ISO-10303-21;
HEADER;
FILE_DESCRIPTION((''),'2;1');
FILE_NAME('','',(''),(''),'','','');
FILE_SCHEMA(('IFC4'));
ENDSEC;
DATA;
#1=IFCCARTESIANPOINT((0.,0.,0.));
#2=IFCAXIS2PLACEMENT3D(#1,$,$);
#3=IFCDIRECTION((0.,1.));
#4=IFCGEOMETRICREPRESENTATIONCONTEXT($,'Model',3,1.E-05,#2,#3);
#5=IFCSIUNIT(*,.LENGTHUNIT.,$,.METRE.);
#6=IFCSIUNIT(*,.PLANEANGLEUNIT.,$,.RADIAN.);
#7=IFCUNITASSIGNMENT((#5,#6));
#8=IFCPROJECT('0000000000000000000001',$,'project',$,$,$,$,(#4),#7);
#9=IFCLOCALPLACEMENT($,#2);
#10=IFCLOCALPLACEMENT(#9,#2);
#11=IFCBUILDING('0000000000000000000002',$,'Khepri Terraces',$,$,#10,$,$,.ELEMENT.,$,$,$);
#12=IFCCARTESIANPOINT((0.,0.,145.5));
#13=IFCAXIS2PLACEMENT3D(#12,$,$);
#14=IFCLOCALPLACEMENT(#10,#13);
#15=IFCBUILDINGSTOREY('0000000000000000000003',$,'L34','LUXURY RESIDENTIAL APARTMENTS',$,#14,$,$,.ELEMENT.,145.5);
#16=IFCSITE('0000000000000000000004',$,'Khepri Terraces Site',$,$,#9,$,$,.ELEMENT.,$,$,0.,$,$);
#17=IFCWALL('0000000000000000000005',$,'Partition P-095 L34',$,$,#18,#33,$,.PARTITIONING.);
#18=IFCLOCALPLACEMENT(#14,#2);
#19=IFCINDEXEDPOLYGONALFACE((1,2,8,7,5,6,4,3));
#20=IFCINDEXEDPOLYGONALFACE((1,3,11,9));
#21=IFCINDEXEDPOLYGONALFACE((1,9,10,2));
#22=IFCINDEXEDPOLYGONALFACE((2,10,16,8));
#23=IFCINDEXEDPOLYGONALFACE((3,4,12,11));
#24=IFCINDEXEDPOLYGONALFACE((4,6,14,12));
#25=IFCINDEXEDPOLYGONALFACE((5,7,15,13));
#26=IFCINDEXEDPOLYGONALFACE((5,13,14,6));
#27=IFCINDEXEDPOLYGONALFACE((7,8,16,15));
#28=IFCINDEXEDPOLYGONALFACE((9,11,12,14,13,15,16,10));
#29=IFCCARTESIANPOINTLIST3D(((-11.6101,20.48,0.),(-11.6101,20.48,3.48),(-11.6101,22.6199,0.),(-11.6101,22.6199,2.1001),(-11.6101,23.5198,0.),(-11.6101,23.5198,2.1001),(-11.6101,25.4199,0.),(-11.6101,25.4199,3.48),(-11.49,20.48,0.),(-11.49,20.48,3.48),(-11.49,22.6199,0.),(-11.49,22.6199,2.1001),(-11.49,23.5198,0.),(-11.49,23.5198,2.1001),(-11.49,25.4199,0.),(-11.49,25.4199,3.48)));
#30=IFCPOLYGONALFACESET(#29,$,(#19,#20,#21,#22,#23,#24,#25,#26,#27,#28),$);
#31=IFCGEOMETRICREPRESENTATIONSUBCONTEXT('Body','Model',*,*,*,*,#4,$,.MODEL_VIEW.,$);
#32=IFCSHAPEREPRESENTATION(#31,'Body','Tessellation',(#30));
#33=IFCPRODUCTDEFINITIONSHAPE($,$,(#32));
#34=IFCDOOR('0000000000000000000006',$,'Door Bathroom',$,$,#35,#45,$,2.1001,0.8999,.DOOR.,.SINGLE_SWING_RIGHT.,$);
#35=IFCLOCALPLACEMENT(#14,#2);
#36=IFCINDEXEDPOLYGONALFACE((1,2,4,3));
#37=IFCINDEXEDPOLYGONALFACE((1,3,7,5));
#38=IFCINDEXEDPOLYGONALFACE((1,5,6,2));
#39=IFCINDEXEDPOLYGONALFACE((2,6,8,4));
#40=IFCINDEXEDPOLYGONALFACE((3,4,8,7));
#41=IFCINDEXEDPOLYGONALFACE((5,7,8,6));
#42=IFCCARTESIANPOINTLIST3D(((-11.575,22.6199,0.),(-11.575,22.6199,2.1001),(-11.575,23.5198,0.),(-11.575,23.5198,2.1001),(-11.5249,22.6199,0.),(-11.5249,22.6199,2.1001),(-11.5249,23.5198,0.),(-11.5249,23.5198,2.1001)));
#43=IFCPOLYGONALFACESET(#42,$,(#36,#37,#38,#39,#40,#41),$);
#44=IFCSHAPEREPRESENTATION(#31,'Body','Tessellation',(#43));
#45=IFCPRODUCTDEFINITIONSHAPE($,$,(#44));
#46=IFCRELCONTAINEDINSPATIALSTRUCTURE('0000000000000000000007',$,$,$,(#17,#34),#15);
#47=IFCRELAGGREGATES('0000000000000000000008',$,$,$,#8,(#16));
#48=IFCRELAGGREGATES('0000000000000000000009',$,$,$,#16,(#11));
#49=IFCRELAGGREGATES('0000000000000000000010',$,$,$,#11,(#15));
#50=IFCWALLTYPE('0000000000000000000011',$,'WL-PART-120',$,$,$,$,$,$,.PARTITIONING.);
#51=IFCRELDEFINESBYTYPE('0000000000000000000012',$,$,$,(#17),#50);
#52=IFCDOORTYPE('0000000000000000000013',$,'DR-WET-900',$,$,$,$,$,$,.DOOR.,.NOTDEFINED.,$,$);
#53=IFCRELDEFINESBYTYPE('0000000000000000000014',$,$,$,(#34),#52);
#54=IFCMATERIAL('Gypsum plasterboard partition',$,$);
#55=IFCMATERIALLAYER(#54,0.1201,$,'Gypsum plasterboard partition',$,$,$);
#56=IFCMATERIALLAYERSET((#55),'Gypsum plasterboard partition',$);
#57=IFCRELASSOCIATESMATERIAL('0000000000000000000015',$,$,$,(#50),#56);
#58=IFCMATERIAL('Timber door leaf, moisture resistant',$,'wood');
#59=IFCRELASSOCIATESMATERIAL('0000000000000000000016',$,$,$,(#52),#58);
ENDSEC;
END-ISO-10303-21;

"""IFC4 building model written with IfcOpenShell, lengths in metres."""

from ifc_helpers import new_model, si_unit, direction, frame, frame_2d, origin, place, context, subcontext, project, spatial, rectangle, extrude, material, layer, layer_set, type_object, element, fill, save


model = new_model("IFC4")

# Units and contexts
model_context = context("Model", 3, precision=1e-05, world=origin(), true_north=direction((0.0, 1.0)))
body_context = subcontext(model_context, "Body", "Model", "MODEL_VIEW")
ifc_project = project(units=[si_unit("LENGTHUNIT", "METRE"), si_unit("PLANEANGLEUNIT", "RADIAN")], contexts=[model_context])

# Site, building, storey
site_placement = place(None, origin())
site = spatial("IfcSite", under=ifc_project, at=site_placement, Name="Khepri Terraces Site", CompositionType="ELEMENT", RefElevation=0.0)
building_placement = place(site_placement, origin())
building = spatial("IfcBuilding", under=site, at=building_placement, Name="Khepri Terraces", CompositionType="ELEMENT")
storey_placement = place(building_placement, frame((0.0, 0.0, 145.5)))
storey = spatial("IfcBuildingStorey", under=building, at=storey_placement, Name="L34", Description="LUXURY RESIDENTIAL APARTMENTS", CompositionType="ELEMENT", Elevation=145.5)

# Shared definitions
ifc_material_1 = material(Name="Gypsum plasterboard partition")
ifc_layer_1 = layer(ifc_material_1, 0.1201, Name="Gypsum plasterboard partition")
ifc_layer_set_1 = layer_set([ifc_layer_1], Name="Gypsum plasterboard partition")
wall_type_1 = type_object("IfcWallType", Name="WL-PART-120", PredefinedType="PARTITIONING", material=ifc_layer_set_1)

# Shared definitions
ifc_material_2 = material(Name="Timber door leaf, moisture resistant", Category="wood")
door_type_1 = type_object("IfcDoorType", Name="DR-WET-900", OperationType="NOTDEFINED", PredefinedType="DOOR", material=ifc_material_2)

# Wall, opening, door
wall_1_placement = place(storey_placement, frame((-11.55, 20.48, 0.0), z_axis=(0.0, 0.0, 1.0), x_axis=(0.0, 1.0, 0.0)))
wall_1 = element("IfcWall", 1, at=wall_1_placement, inside=storey, type_object=wall_type_1, Name="Partition P-095 L34", PredefinedType="PARTITIONING", context=body_context, shape_type="SweptSolid", body=[
    extrude(rectangle(XDim=4.9399, YDim=0.1201, at=frame_2d((2.47, 0.0))), origin(), (0.0, 0.0, 1.0), 3.48),
])
opening_1_placement = place(wall_1_placement, frame((2.1399, 0.0, 0.0)))
opening_1 = element("IfcOpeningElement", 2, at=opening_1_placement, cuts=wall_1, PredefinedType="OPENING", context=body_context, shape_type="SweptSolid", body=[
    extrude(rectangle(XDim=0.8999, YDim=2.1001, at=frame_2d((0.45, 1.05))), frame((0.0, 0.0701, 0.0), z_axis=(0.0, -1.0, 0.0), x_axis=(1.0, 0.0, 0.0)), (0.0, 0.0, 1.0), 0.1401),
])
door_1_placement = place(opening_1_placement, origin())
door_1 = element("IfcDoor", 3, at=door_1_placement, inside=storey, type_object=door_type_1, Name="Door Bathroom", OperationType="SINGLE_SWING_RIGHT", OverallHeight=2.1001, OverallWidth=0.8999, PredefinedType="DOOR", context=body_context, shape_type="SweptSolid", body=[
    extrude(rectangle(XDim=0.8999, YDim=2.1001, at=frame_2d((0.45, 1.05))), frame((0.0, 0.0249, 0.0), z_axis=(0.0, -1.0, 0.0), x_axis=(1.0, 0.0, 0.0)), (0.0, 0.0, 1.0), 0.05),
])
fill(opening_1, door_1)

save(model, "model.ifc")
